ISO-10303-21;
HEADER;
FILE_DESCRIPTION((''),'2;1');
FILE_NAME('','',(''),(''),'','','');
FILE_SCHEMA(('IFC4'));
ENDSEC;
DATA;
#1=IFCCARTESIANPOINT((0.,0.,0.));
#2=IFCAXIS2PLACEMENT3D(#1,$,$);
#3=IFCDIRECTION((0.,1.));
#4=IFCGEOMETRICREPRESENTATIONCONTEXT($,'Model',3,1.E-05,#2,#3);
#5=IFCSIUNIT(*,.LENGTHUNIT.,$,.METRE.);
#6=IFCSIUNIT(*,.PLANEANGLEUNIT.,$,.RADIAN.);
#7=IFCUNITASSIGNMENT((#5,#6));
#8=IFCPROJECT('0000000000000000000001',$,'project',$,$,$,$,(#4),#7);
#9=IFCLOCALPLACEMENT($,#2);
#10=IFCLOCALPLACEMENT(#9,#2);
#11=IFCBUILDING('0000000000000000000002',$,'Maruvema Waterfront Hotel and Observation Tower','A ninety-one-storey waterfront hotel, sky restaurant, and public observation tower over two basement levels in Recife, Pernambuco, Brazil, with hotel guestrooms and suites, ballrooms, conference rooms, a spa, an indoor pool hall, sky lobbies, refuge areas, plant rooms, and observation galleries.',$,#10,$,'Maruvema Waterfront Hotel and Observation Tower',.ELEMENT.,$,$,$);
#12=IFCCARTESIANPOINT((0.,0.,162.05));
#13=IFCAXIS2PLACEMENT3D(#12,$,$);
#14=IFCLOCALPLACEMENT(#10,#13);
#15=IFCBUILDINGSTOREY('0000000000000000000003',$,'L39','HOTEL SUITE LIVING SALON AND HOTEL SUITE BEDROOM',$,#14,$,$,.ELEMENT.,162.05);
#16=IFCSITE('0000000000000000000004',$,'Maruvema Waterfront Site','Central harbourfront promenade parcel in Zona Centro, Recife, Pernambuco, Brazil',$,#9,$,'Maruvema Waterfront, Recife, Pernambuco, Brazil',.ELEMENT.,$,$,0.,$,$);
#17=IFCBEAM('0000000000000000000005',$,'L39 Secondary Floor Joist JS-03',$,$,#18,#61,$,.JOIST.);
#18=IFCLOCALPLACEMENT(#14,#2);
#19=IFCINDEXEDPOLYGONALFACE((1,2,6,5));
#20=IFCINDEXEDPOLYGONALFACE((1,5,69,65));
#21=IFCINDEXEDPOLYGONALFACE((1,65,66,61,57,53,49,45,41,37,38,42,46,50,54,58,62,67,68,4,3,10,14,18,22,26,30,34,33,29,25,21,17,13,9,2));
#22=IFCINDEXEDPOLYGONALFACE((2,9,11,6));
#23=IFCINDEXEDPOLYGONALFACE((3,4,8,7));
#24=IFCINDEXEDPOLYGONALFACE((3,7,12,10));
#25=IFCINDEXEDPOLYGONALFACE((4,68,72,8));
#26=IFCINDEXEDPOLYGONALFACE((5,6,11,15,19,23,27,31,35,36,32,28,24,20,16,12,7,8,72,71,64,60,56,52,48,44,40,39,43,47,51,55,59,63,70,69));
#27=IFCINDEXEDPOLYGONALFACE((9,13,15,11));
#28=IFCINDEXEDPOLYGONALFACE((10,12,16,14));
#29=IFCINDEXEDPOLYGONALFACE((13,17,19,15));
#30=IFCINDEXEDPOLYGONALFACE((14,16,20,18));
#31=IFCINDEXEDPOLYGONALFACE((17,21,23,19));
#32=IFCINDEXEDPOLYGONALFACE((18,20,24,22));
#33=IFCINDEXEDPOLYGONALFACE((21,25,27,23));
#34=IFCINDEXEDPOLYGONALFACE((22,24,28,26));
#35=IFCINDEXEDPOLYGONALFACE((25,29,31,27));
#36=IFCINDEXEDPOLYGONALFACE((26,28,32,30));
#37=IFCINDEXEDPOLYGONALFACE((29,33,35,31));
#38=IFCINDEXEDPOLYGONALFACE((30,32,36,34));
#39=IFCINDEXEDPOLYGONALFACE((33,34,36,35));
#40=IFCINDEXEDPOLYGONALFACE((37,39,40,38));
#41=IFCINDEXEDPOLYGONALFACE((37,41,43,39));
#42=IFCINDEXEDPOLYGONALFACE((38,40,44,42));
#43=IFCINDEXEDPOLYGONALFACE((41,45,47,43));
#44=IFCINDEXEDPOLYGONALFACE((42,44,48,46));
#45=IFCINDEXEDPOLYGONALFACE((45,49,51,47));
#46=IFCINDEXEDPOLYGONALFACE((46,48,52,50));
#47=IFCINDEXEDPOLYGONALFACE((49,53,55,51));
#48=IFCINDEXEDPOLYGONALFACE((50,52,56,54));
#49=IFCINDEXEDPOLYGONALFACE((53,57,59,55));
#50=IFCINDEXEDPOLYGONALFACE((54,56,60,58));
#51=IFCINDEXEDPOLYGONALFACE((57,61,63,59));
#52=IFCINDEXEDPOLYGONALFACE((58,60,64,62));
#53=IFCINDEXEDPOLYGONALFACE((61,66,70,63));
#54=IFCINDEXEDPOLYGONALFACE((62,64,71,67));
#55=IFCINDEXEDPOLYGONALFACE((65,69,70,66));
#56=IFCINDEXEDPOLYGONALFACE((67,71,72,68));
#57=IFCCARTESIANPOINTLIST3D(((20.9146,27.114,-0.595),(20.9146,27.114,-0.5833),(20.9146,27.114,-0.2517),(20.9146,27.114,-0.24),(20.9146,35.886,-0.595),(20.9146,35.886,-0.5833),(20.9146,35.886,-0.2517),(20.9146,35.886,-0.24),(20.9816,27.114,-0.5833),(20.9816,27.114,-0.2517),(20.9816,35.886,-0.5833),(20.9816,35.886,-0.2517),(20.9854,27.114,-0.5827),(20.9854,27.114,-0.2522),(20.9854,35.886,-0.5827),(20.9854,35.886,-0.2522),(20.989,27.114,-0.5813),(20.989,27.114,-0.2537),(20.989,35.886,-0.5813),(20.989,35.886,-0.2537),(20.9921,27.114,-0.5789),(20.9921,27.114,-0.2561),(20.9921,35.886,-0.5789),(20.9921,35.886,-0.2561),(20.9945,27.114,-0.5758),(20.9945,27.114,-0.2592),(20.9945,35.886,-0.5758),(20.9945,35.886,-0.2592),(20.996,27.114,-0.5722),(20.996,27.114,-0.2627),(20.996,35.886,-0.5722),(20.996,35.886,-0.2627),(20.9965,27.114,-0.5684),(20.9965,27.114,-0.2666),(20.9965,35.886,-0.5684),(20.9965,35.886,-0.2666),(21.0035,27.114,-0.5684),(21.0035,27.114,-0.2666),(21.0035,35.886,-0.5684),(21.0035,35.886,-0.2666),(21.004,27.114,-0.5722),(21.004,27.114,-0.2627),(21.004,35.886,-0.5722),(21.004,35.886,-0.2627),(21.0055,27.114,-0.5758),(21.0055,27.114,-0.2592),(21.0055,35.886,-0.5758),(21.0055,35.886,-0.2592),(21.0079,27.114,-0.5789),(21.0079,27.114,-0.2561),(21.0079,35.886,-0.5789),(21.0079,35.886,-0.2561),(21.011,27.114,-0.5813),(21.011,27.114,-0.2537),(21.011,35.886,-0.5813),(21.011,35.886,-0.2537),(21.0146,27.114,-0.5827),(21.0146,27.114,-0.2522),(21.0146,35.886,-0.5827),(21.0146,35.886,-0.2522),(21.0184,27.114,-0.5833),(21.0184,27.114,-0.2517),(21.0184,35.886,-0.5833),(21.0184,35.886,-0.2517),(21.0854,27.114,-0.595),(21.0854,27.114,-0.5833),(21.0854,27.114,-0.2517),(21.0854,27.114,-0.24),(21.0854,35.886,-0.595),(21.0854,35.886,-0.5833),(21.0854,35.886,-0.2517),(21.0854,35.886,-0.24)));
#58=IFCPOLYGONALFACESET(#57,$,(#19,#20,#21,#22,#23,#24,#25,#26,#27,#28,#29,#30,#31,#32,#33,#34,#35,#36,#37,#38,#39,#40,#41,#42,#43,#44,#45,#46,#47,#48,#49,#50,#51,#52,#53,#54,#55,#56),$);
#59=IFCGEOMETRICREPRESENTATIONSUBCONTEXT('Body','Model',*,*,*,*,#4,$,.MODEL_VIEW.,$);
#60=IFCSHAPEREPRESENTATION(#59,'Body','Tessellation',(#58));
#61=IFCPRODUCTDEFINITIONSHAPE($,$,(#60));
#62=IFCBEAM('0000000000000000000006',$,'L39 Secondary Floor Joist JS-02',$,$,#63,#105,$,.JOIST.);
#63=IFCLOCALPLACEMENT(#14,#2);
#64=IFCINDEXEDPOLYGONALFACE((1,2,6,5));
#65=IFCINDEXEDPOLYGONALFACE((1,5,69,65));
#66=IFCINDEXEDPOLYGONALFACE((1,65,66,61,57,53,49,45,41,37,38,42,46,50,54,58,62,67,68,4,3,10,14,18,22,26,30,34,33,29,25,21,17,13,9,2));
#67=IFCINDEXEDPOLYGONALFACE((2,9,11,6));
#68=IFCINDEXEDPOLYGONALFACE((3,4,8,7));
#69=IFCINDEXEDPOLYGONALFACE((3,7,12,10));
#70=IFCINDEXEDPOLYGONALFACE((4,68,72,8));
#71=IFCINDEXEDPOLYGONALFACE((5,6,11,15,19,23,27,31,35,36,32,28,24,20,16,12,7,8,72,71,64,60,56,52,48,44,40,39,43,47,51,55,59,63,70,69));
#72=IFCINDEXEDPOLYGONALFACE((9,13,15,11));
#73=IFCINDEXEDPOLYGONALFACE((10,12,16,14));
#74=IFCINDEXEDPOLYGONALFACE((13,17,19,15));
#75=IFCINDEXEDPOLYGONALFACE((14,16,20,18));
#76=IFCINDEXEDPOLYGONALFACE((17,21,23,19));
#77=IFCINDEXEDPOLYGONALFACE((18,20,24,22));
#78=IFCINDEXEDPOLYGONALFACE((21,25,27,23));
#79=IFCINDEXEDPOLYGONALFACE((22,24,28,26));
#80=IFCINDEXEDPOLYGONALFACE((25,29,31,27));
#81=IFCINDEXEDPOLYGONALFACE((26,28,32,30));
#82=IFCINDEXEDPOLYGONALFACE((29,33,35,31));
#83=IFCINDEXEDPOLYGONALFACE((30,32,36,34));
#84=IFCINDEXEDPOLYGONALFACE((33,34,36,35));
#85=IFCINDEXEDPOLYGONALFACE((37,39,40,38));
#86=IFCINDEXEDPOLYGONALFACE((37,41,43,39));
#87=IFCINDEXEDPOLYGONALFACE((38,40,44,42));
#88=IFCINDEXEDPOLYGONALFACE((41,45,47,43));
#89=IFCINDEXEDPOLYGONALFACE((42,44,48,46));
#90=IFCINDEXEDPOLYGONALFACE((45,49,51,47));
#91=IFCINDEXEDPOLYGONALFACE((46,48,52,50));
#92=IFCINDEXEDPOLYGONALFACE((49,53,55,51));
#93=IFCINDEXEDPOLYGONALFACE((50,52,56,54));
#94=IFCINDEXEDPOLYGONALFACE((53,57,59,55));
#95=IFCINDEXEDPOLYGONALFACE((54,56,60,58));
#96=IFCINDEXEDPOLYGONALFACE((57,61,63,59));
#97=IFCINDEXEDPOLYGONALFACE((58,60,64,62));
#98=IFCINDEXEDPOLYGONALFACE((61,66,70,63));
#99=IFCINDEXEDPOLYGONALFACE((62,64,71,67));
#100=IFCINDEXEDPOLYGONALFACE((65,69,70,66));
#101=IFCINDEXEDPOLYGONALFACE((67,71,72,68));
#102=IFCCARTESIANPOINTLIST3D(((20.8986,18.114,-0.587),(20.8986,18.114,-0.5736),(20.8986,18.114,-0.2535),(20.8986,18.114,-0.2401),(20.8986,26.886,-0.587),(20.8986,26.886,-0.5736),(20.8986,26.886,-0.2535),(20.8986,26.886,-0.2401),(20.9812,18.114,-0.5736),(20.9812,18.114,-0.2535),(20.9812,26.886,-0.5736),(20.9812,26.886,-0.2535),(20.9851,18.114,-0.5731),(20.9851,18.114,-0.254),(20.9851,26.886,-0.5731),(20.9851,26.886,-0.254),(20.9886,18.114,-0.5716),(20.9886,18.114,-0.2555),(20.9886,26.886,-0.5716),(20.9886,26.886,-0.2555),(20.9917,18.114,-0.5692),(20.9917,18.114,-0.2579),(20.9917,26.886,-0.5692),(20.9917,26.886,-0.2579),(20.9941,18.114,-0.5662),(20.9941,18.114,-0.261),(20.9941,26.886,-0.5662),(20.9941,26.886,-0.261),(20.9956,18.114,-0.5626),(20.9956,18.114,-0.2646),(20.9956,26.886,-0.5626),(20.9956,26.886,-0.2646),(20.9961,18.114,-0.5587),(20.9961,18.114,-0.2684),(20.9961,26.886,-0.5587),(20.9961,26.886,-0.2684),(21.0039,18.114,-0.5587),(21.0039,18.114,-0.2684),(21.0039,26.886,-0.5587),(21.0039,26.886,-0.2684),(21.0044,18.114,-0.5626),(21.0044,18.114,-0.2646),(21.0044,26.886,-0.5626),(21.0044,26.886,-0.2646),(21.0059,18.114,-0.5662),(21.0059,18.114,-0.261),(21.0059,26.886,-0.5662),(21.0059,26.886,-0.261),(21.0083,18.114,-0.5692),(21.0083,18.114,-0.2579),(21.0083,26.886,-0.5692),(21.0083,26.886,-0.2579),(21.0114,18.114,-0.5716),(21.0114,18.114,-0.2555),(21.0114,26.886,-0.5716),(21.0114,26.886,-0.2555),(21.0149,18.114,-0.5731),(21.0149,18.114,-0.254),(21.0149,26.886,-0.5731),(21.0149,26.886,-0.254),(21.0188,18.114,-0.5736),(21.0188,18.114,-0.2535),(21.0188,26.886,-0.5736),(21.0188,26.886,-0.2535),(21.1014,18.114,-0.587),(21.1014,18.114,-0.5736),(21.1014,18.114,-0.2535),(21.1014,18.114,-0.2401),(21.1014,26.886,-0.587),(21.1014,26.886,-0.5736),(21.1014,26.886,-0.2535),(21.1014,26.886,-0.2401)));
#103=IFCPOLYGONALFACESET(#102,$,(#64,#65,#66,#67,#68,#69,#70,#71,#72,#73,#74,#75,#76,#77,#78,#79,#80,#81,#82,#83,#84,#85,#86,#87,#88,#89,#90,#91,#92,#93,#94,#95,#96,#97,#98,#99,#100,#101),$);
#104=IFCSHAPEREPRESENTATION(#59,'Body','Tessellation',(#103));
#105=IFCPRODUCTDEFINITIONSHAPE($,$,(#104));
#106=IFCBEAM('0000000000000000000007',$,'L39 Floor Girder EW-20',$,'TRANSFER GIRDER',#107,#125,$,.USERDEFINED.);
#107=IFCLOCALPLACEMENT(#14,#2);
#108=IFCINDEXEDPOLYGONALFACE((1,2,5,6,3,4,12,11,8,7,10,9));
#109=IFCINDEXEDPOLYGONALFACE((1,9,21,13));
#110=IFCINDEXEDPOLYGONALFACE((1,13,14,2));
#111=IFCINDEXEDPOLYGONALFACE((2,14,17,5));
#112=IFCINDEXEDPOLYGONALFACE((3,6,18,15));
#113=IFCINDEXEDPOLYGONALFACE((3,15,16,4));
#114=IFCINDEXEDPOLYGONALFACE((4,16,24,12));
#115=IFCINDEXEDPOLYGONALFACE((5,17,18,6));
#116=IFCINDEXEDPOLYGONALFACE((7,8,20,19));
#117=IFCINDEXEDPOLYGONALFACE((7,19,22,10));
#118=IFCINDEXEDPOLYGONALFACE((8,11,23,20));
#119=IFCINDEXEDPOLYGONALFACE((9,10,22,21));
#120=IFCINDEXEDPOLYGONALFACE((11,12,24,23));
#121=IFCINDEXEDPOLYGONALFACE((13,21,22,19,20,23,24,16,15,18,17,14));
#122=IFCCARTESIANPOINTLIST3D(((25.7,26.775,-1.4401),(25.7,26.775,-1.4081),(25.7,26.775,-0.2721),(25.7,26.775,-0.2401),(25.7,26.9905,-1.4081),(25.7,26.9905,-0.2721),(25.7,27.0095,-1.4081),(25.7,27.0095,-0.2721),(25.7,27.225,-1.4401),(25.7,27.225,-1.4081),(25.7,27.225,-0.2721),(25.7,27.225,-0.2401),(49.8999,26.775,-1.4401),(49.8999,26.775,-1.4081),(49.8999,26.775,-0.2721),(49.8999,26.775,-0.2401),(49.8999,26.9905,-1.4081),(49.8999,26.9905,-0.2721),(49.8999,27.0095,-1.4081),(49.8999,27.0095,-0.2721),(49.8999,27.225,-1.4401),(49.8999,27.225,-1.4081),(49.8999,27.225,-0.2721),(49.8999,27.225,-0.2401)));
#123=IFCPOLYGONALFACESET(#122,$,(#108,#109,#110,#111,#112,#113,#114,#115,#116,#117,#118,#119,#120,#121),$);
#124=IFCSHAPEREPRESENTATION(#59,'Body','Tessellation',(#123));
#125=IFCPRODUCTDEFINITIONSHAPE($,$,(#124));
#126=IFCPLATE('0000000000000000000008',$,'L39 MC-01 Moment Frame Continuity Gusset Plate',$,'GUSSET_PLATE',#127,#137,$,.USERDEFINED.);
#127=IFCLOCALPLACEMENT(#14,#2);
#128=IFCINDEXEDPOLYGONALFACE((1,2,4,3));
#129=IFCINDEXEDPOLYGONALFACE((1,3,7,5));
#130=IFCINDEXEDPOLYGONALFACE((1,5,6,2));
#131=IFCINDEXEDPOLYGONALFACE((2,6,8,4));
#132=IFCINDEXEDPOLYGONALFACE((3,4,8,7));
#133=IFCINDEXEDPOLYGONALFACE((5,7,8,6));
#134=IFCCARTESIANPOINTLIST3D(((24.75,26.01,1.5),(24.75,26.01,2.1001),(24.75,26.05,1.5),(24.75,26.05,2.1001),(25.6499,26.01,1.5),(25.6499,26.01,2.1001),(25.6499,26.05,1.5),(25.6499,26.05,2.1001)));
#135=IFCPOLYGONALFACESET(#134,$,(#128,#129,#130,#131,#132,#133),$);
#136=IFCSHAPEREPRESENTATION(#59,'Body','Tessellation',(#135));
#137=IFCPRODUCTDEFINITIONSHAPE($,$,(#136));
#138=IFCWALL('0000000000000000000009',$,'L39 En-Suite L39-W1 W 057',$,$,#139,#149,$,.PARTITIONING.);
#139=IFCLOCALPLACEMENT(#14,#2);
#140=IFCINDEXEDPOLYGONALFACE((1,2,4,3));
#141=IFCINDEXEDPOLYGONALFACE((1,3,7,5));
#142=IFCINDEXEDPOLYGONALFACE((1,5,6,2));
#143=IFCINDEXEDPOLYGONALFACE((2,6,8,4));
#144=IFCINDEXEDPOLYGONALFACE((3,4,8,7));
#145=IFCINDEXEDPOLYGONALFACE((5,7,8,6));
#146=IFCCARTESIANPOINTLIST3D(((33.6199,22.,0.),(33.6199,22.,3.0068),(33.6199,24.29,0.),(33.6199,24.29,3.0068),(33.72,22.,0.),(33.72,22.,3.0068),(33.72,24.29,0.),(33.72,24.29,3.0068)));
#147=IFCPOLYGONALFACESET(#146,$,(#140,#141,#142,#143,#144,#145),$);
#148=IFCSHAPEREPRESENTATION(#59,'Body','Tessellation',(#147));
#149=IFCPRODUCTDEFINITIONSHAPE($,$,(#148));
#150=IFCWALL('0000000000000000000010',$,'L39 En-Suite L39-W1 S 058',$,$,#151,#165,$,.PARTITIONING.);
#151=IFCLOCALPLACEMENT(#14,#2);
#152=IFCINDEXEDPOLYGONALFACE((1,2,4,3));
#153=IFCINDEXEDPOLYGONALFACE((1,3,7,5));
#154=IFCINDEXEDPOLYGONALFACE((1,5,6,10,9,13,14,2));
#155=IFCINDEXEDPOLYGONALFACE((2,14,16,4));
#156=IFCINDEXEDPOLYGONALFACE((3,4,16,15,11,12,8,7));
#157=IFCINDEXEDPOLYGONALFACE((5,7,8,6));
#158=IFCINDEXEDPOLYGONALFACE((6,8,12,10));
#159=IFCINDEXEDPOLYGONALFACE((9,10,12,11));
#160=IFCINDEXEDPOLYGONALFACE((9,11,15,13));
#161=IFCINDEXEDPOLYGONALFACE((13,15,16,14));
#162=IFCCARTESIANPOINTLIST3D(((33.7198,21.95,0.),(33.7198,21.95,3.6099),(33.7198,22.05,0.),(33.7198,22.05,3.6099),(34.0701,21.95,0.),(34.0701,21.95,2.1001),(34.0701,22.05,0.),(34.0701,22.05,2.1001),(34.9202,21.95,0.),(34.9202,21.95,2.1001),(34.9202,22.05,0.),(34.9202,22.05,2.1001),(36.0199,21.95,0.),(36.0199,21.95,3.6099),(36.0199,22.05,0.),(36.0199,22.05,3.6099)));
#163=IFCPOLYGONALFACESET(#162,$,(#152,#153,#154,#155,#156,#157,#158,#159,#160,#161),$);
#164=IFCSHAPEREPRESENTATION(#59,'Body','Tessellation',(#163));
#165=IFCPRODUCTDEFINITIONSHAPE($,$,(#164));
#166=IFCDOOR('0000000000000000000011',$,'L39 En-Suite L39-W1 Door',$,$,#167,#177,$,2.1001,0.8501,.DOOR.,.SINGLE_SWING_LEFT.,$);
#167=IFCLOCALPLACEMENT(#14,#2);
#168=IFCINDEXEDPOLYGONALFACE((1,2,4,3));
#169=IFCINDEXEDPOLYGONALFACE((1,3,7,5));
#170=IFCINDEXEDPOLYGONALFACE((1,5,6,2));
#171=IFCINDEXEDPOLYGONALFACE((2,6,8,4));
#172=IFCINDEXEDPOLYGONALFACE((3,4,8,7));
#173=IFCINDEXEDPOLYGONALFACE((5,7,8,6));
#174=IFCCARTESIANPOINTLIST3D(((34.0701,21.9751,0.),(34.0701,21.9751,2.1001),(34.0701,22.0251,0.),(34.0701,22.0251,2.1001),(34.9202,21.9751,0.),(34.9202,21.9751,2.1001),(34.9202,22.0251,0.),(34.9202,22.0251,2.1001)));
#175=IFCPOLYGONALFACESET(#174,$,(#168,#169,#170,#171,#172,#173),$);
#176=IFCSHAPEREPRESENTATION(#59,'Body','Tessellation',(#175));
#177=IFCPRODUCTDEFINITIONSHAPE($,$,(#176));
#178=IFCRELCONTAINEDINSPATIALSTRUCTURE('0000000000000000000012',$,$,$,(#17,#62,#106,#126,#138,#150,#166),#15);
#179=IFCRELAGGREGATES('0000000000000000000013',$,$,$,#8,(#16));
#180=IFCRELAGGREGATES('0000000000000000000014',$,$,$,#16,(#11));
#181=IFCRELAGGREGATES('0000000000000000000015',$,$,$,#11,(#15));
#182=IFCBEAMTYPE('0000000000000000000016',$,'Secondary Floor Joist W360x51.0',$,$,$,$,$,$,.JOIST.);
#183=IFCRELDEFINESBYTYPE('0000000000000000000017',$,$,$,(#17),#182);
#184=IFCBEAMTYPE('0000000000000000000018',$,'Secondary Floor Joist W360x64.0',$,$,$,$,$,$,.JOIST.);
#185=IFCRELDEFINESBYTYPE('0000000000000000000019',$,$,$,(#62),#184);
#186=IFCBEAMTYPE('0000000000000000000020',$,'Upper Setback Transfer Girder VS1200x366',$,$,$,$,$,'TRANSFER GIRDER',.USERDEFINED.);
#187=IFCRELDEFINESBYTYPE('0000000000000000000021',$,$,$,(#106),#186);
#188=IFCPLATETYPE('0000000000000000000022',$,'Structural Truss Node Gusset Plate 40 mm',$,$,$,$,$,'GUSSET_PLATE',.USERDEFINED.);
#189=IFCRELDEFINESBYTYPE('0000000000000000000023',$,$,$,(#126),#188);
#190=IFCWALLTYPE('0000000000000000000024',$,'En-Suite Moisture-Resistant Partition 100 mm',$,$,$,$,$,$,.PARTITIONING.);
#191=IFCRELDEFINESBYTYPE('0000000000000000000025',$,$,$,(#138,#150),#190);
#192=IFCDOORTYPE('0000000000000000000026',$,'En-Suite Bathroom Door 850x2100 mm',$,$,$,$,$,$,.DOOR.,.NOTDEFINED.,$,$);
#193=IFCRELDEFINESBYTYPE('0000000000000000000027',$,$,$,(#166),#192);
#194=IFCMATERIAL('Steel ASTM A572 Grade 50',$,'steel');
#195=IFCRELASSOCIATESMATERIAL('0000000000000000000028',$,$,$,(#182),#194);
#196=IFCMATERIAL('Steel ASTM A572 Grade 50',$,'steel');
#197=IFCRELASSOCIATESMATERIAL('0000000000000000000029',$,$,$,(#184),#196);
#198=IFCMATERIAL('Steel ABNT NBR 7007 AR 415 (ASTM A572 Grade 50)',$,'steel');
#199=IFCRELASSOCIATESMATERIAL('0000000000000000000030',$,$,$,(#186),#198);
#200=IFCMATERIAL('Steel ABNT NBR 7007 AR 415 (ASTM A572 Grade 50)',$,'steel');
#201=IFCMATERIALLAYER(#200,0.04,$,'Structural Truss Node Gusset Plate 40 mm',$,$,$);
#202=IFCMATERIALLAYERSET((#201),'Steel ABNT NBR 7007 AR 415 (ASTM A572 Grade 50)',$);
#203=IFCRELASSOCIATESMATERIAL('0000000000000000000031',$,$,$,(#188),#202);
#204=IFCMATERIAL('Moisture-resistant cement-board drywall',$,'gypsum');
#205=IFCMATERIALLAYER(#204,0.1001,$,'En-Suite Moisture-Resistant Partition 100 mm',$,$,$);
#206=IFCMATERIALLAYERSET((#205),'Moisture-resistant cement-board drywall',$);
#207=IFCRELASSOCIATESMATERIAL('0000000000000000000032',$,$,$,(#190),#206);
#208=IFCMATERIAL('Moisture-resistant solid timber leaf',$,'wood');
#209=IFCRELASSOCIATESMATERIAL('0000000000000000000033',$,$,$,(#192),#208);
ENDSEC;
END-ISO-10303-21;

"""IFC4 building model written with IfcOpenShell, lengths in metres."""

from ifc_helpers import new_model, si_unit, direction, frame, frame_2d, origin, origin_2d, place, context, subcontext, project, spatial, rectangle, i_section, extrude, material, layer, layer_set, material_profile, profile_set, type_object, element, fill, save


model = new_model("IFC4")

# Units and contexts
model_context = context("Model", 3, precision=1e-05, world=origin(), true_north=direction((0.0, 1.0)))
body_context = subcontext(model_context, "Body", "Model", "MODEL_VIEW")
ifc_project = project(units=[si_unit("LENGTHUNIT", "METRE"), si_unit("PLANEANGLEUNIT", "RADIAN")], contexts=[model_context])

# Site, building, storey
site_placement = place(None, origin())
site = spatial("IfcSite", under=ifc_project, at=site_placement, Name="Maruvema Waterfront Site", Description="Central harbourfront promenade parcel in Zona Centro, Recife, Pernambuco, Brazil", LongName="Maruvema Waterfront, Recife, Pernambuco, Brazil", CompositionType="ELEMENT", RefElevation=0.0)
building_placement = place(site_placement, origin())
building = spatial("IfcBuilding", under=site, at=building_placement, Name="Maruvema Waterfront Hotel and Observation Tower", Description="A ninety-one-storey waterfront hotel, sky restaurant, and public observation tower over two basement levels in Recife, Pernambuco, Brazil, with hotel guestrooms and suites, ballrooms, conference rooms, a spa, an indoor pool hall, sky lobbies, refuge areas, plant rooms, and observation galleries.", LongName="Maruvema Waterfront Hotel and Observation Tower", CompositionType="ELEMENT")
storey_placement = place(building_placement, frame((0.0, 0.0, 162.05)))
storey = spatial("IfcBuildingStorey", under=building, at=storey_placement, Name="L39", Description="HOTEL SUITE LIVING SALON AND HOTEL SUITE BEDROOM", CompositionType="ELEMENT", Elevation=162.05)

# Beams
ifc_material_1 = material(Name="Steel ASTM A572 Grade 50", Category="steel")
ifc_material_profile_1 = material_profile(ifc_material_1, i_section(OverallWidth=0.1709, OverallDepth=0.355, WebThickness=0.0071, FlangeThickness=0.0117, FilletRadius=0.0149, at=origin_2d()), Name="W360x51.0")
ifc_profile_set_1 = profile_set([ifc_material_profile_1], Name="Steel ASTM A572 Grade 50")
beam_type_1 = type_object("IfcBeamType", Name="Secondary Floor Joist W360x51.0", PredefinedType="JOIST", material=ifc_profile_set_1)
beam_1_placement = place(storey_placement, frame((21.0, 27.114, -0.4175), z_axis=(0.0, 1.0, 0.0), x_axis=(-1.0, 0.0, 0.0)))
element("IfcBeam", 1, at=beam_1_placement, inside=storey, type_object=beam_type_1, Name="L39 Secondary Floor Joist JS-03", PredefinedType="JOIST", context=body_context, shape_type="SweptSolid", body=[
    extrude(i_section(OverallWidth=0.1709, OverallDepth=0.355, WebThickness=0.0071, FlangeThickness=0.0117, FilletRadius=0.0149, at=origin_2d()), origin(), (0.0, 0.0, 1.0), 8.772),
])
ifc_material_2 = material(Name="Steel ASTM A572 Grade 50", Category="steel")
ifc_material_profile_2 = material_profile(ifc_material_2, i_section(OverallWidth=0.2029, OverallDepth=0.3469, WebThickness=0.0078, FlangeThickness=0.0134, FilletRadius=0.0149, at=origin_2d()), Name="W360x64.0")
ifc_profile_set_2 = profile_set([ifc_material_profile_2], Name="Steel ASTM A572 Grade 50")
beam_type_2 = type_object("IfcBeamType", Name="Secondary Floor Joist W360x64.0", PredefinedType="JOIST", material=ifc_profile_set_2)
beam_2_placement = place(storey_placement, frame((21.0, 18.114, -0.4136), z_axis=(0.0, 1.0, 0.0), x_axis=(-1.0, 0.0, 0.0)))
element("IfcBeam", 2, at=beam_2_placement, inside=storey, type_object=beam_type_2, Name="L39 Secondary Floor Joist JS-02", PredefinedType="JOIST", context=body_context, shape_type="SweptSolid", body=[
    extrude(i_section(OverallWidth=0.2029, OverallDepth=0.3469, WebThickness=0.0078, FlangeThickness=0.0134, FilletRadius=0.0149, at=origin_2d()), origin(), (0.0, 0.0, 1.0), 8.772),
])
ifc_material_3 = material(Name="Steel ABNT NBR 7007 AR 415 (ASTM A572 Grade 50)", Category="steel")
ifc_material_profile_3 = material_profile(ifc_material_3, i_section(OverallWidth=0.45, OverallDepth=1.2, WebThickness=0.019, FlangeThickness=0.032, at=origin_2d()), Name="VS1200x366")
ifc_profile_set_3 = profile_set([ifc_material_profile_3], Name="Steel ABNT NBR 7007 AR 415 (ASTM A572 Grade 50)")
beam_type_3 = type_object("IfcBeamType", Name="Upper Setback Transfer Girder VS1200x366", ElementType="TRANSFER GIRDER", PredefinedType="USERDEFINED", material=ifc_profile_set_3)
beam_3_placement = place(storey_placement, frame((25.7, 27.0, -0.8401), z_axis=(1.0, 0.0, 0.0), x_axis=(0.0, 1.0, 0.0)))
element("IfcBeam", 3, at=beam_3_placement, inside=storey, type_object=beam_type_3, Name="L39 Floor Girder EW-20", ObjectType="TRANSFER GIRDER", PredefinedType="USERDEFINED", context=body_context, shape_type="SweptSolid", body=[
    extrude(i_section(OverallWidth=0.45, OverallDepth=1.2, WebThickness=0.019, FlangeThickness=0.032, at=origin_2d()), origin(), (0.0, 0.0, 1.0), 24.2),
])

# Plate
ifc_material_4 = material(Name="Steel ABNT NBR 7007 AR 415 (ASTM A572 Grade 50)", Category="steel")
ifc_layer_1 = layer(ifc_material_4, 0.04, Name="Structural Truss Node Gusset Plate 40 mm")
ifc_layer_set_1 = layer_set([ifc_layer_1], Name="Steel ABNT NBR 7007 AR 415 (ASTM A572 Grade 50)")
plate_type = type_object("IfcPlateType", Name="Structural Truss Node Gusset Plate 40 mm", ElementType="GUSSET_PLATE", PredefinedType="USERDEFINED", material=ifc_layer_set_1)
plate_placement = place(storey_placement, frame((25.2, 26.03, 1.5), z_axis=(0.0, 0.0, 1.0), x_axis=(1.0, 0.0, 0.0)))
element("IfcPlate", 4, at=plate_placement, inside=storey, type_object=plate_type, Name="L39 MC-01 Moment Frame Continuity Gusset Plate", ObjectType="GUSSET_PLATE", PredefinedType="USERDEFINED", context=body_context, shape_type="SweptSolid", body=[
    extrude(rectangle(XDim=0.8999, YDim=0.04, at=origin_2d()), origin(), (0.0, 0.0, 1.0), 0.6001),
])

# Wall
ifc_material_5 = material(Name="Moisture-resistant cement-board drywall", Category="gypsum")
ifc_layer_2 = layer(ifc_material_5, 0.1001, Name="En-Suite Moisture-Resistant Partition 100 mm")
ifc_layer_set_2 = layer_set([ifc_layer_2], Name="Moisture-resistant cement-board drywall")
wall_type = type_object("IfcWallType", Name="En-Suite Moisture-Resistant Partition 100 mm", PredefinedType="PARTITIONING", material=ifc_layer_set_2)
wall_1_placement = place(storey_placement, frame((33.6699, 22.0, 0.0), z_axis=(0.0, 0.0, 1.0), x_axis=(0.0, 1.0, 0.0)))
element("IfcWall", 5, at=wall_1_placement, inside=storey, type_object=wall_type, Name="L39 En-Suite L39-W1 W 057", PredefinedType="PARTITIONING", context=body_context, shape_type="SweptSolid", body=[
    extrude(rectangle(XDim=2.29, YDim=0.1001, at=frame_2d((1.145, 0.0))), origin(), (0.0, 0.0, 1.0), 3.0068),
])

# Wall, opening, door
wall_2_placement = place(storey_placement, frame((33.72, 22.0, 0.0), z_axis=(0.0, 0.0, 1.0), x_axis=(1.0, 0.0, 0.0)))
wall_2 = element("IfcWall", 6, at=wall_2_placement, inside=storey, type_object=wall_type, Name="L39 En-Suite L39-W1 S 058", PredefinedType="PARTITIONING", context=body_context, shape_type="SweptSolid", body=[
    extrude(rectangle(XDim=2.3, YDim=0.1001, at=frame_2d((1.1499, 0.0))), origin(), (0.0, 0.0, 1.0), 3.6099),
])
opening_1_placement = place(wall_2_placement, frame((0.3501, 0.0, 0.0)))
opening_1 = element("IfcOpeningElement", 7, at=opening_1_placement, cuts=wall_2, PredefinedType="OPENING", context=body_context, shape_type="SweptSolid", body=[
    extrude(rectangle(XDim=0.8501, YDim=2.1001, at=frame_2d((0.425, 1.05))), frame((0.0, 0.0601, 0.0), z_axis=(0.0, -1.0, 0.0), x_axis=(1.0, 0.0, 0.0)), (0.0, 0.0, 1.0), 0.1201),
])
ifc_material_6 = material(Name="Moisture-resistant solid timber leaf", Category="wood")
door_type_1 = type_object("IfcDoorType", Name="En-Suite Bathroom Door 850x2100 mm", OperationType="NOTDEFINED", PredefinedType="DOOR", material=ifc_material_6)
door_1_placement = place(opening_1_placement, frame((0.8501, 0.0, 0.0), z_axis=(0.0, 0.0, 1.0), x_axis=(-1.0, 0.0, 0.0)))
door_1 = element("IfcDoor", 8, at=door_1_placement, inside=storey, type_object=door_type_1, Name="L39 En-Suite L39-W1 Door", OperationType="SINGLE_SWING_LEFT", OverallHeight=2.1001, OverallWidth=0.8501, PredefinedType="DOOR", context=body_context, shape_type="SweptSolid", body=[
    extrude(rectangle(XDim=0.8501, YDim=2.1001, at=frame_2d((0.425, 1.05))), frame((0.0, 0.0249, 0.0), z_axis=(0.0, -1.0, 0.0), x_axis=(1.0, 0.0, 0.0)), (0.0, 0.0, 1.0), 0.05),
])
fill(opening_1, door_1)

save(model, "model.ifc")
